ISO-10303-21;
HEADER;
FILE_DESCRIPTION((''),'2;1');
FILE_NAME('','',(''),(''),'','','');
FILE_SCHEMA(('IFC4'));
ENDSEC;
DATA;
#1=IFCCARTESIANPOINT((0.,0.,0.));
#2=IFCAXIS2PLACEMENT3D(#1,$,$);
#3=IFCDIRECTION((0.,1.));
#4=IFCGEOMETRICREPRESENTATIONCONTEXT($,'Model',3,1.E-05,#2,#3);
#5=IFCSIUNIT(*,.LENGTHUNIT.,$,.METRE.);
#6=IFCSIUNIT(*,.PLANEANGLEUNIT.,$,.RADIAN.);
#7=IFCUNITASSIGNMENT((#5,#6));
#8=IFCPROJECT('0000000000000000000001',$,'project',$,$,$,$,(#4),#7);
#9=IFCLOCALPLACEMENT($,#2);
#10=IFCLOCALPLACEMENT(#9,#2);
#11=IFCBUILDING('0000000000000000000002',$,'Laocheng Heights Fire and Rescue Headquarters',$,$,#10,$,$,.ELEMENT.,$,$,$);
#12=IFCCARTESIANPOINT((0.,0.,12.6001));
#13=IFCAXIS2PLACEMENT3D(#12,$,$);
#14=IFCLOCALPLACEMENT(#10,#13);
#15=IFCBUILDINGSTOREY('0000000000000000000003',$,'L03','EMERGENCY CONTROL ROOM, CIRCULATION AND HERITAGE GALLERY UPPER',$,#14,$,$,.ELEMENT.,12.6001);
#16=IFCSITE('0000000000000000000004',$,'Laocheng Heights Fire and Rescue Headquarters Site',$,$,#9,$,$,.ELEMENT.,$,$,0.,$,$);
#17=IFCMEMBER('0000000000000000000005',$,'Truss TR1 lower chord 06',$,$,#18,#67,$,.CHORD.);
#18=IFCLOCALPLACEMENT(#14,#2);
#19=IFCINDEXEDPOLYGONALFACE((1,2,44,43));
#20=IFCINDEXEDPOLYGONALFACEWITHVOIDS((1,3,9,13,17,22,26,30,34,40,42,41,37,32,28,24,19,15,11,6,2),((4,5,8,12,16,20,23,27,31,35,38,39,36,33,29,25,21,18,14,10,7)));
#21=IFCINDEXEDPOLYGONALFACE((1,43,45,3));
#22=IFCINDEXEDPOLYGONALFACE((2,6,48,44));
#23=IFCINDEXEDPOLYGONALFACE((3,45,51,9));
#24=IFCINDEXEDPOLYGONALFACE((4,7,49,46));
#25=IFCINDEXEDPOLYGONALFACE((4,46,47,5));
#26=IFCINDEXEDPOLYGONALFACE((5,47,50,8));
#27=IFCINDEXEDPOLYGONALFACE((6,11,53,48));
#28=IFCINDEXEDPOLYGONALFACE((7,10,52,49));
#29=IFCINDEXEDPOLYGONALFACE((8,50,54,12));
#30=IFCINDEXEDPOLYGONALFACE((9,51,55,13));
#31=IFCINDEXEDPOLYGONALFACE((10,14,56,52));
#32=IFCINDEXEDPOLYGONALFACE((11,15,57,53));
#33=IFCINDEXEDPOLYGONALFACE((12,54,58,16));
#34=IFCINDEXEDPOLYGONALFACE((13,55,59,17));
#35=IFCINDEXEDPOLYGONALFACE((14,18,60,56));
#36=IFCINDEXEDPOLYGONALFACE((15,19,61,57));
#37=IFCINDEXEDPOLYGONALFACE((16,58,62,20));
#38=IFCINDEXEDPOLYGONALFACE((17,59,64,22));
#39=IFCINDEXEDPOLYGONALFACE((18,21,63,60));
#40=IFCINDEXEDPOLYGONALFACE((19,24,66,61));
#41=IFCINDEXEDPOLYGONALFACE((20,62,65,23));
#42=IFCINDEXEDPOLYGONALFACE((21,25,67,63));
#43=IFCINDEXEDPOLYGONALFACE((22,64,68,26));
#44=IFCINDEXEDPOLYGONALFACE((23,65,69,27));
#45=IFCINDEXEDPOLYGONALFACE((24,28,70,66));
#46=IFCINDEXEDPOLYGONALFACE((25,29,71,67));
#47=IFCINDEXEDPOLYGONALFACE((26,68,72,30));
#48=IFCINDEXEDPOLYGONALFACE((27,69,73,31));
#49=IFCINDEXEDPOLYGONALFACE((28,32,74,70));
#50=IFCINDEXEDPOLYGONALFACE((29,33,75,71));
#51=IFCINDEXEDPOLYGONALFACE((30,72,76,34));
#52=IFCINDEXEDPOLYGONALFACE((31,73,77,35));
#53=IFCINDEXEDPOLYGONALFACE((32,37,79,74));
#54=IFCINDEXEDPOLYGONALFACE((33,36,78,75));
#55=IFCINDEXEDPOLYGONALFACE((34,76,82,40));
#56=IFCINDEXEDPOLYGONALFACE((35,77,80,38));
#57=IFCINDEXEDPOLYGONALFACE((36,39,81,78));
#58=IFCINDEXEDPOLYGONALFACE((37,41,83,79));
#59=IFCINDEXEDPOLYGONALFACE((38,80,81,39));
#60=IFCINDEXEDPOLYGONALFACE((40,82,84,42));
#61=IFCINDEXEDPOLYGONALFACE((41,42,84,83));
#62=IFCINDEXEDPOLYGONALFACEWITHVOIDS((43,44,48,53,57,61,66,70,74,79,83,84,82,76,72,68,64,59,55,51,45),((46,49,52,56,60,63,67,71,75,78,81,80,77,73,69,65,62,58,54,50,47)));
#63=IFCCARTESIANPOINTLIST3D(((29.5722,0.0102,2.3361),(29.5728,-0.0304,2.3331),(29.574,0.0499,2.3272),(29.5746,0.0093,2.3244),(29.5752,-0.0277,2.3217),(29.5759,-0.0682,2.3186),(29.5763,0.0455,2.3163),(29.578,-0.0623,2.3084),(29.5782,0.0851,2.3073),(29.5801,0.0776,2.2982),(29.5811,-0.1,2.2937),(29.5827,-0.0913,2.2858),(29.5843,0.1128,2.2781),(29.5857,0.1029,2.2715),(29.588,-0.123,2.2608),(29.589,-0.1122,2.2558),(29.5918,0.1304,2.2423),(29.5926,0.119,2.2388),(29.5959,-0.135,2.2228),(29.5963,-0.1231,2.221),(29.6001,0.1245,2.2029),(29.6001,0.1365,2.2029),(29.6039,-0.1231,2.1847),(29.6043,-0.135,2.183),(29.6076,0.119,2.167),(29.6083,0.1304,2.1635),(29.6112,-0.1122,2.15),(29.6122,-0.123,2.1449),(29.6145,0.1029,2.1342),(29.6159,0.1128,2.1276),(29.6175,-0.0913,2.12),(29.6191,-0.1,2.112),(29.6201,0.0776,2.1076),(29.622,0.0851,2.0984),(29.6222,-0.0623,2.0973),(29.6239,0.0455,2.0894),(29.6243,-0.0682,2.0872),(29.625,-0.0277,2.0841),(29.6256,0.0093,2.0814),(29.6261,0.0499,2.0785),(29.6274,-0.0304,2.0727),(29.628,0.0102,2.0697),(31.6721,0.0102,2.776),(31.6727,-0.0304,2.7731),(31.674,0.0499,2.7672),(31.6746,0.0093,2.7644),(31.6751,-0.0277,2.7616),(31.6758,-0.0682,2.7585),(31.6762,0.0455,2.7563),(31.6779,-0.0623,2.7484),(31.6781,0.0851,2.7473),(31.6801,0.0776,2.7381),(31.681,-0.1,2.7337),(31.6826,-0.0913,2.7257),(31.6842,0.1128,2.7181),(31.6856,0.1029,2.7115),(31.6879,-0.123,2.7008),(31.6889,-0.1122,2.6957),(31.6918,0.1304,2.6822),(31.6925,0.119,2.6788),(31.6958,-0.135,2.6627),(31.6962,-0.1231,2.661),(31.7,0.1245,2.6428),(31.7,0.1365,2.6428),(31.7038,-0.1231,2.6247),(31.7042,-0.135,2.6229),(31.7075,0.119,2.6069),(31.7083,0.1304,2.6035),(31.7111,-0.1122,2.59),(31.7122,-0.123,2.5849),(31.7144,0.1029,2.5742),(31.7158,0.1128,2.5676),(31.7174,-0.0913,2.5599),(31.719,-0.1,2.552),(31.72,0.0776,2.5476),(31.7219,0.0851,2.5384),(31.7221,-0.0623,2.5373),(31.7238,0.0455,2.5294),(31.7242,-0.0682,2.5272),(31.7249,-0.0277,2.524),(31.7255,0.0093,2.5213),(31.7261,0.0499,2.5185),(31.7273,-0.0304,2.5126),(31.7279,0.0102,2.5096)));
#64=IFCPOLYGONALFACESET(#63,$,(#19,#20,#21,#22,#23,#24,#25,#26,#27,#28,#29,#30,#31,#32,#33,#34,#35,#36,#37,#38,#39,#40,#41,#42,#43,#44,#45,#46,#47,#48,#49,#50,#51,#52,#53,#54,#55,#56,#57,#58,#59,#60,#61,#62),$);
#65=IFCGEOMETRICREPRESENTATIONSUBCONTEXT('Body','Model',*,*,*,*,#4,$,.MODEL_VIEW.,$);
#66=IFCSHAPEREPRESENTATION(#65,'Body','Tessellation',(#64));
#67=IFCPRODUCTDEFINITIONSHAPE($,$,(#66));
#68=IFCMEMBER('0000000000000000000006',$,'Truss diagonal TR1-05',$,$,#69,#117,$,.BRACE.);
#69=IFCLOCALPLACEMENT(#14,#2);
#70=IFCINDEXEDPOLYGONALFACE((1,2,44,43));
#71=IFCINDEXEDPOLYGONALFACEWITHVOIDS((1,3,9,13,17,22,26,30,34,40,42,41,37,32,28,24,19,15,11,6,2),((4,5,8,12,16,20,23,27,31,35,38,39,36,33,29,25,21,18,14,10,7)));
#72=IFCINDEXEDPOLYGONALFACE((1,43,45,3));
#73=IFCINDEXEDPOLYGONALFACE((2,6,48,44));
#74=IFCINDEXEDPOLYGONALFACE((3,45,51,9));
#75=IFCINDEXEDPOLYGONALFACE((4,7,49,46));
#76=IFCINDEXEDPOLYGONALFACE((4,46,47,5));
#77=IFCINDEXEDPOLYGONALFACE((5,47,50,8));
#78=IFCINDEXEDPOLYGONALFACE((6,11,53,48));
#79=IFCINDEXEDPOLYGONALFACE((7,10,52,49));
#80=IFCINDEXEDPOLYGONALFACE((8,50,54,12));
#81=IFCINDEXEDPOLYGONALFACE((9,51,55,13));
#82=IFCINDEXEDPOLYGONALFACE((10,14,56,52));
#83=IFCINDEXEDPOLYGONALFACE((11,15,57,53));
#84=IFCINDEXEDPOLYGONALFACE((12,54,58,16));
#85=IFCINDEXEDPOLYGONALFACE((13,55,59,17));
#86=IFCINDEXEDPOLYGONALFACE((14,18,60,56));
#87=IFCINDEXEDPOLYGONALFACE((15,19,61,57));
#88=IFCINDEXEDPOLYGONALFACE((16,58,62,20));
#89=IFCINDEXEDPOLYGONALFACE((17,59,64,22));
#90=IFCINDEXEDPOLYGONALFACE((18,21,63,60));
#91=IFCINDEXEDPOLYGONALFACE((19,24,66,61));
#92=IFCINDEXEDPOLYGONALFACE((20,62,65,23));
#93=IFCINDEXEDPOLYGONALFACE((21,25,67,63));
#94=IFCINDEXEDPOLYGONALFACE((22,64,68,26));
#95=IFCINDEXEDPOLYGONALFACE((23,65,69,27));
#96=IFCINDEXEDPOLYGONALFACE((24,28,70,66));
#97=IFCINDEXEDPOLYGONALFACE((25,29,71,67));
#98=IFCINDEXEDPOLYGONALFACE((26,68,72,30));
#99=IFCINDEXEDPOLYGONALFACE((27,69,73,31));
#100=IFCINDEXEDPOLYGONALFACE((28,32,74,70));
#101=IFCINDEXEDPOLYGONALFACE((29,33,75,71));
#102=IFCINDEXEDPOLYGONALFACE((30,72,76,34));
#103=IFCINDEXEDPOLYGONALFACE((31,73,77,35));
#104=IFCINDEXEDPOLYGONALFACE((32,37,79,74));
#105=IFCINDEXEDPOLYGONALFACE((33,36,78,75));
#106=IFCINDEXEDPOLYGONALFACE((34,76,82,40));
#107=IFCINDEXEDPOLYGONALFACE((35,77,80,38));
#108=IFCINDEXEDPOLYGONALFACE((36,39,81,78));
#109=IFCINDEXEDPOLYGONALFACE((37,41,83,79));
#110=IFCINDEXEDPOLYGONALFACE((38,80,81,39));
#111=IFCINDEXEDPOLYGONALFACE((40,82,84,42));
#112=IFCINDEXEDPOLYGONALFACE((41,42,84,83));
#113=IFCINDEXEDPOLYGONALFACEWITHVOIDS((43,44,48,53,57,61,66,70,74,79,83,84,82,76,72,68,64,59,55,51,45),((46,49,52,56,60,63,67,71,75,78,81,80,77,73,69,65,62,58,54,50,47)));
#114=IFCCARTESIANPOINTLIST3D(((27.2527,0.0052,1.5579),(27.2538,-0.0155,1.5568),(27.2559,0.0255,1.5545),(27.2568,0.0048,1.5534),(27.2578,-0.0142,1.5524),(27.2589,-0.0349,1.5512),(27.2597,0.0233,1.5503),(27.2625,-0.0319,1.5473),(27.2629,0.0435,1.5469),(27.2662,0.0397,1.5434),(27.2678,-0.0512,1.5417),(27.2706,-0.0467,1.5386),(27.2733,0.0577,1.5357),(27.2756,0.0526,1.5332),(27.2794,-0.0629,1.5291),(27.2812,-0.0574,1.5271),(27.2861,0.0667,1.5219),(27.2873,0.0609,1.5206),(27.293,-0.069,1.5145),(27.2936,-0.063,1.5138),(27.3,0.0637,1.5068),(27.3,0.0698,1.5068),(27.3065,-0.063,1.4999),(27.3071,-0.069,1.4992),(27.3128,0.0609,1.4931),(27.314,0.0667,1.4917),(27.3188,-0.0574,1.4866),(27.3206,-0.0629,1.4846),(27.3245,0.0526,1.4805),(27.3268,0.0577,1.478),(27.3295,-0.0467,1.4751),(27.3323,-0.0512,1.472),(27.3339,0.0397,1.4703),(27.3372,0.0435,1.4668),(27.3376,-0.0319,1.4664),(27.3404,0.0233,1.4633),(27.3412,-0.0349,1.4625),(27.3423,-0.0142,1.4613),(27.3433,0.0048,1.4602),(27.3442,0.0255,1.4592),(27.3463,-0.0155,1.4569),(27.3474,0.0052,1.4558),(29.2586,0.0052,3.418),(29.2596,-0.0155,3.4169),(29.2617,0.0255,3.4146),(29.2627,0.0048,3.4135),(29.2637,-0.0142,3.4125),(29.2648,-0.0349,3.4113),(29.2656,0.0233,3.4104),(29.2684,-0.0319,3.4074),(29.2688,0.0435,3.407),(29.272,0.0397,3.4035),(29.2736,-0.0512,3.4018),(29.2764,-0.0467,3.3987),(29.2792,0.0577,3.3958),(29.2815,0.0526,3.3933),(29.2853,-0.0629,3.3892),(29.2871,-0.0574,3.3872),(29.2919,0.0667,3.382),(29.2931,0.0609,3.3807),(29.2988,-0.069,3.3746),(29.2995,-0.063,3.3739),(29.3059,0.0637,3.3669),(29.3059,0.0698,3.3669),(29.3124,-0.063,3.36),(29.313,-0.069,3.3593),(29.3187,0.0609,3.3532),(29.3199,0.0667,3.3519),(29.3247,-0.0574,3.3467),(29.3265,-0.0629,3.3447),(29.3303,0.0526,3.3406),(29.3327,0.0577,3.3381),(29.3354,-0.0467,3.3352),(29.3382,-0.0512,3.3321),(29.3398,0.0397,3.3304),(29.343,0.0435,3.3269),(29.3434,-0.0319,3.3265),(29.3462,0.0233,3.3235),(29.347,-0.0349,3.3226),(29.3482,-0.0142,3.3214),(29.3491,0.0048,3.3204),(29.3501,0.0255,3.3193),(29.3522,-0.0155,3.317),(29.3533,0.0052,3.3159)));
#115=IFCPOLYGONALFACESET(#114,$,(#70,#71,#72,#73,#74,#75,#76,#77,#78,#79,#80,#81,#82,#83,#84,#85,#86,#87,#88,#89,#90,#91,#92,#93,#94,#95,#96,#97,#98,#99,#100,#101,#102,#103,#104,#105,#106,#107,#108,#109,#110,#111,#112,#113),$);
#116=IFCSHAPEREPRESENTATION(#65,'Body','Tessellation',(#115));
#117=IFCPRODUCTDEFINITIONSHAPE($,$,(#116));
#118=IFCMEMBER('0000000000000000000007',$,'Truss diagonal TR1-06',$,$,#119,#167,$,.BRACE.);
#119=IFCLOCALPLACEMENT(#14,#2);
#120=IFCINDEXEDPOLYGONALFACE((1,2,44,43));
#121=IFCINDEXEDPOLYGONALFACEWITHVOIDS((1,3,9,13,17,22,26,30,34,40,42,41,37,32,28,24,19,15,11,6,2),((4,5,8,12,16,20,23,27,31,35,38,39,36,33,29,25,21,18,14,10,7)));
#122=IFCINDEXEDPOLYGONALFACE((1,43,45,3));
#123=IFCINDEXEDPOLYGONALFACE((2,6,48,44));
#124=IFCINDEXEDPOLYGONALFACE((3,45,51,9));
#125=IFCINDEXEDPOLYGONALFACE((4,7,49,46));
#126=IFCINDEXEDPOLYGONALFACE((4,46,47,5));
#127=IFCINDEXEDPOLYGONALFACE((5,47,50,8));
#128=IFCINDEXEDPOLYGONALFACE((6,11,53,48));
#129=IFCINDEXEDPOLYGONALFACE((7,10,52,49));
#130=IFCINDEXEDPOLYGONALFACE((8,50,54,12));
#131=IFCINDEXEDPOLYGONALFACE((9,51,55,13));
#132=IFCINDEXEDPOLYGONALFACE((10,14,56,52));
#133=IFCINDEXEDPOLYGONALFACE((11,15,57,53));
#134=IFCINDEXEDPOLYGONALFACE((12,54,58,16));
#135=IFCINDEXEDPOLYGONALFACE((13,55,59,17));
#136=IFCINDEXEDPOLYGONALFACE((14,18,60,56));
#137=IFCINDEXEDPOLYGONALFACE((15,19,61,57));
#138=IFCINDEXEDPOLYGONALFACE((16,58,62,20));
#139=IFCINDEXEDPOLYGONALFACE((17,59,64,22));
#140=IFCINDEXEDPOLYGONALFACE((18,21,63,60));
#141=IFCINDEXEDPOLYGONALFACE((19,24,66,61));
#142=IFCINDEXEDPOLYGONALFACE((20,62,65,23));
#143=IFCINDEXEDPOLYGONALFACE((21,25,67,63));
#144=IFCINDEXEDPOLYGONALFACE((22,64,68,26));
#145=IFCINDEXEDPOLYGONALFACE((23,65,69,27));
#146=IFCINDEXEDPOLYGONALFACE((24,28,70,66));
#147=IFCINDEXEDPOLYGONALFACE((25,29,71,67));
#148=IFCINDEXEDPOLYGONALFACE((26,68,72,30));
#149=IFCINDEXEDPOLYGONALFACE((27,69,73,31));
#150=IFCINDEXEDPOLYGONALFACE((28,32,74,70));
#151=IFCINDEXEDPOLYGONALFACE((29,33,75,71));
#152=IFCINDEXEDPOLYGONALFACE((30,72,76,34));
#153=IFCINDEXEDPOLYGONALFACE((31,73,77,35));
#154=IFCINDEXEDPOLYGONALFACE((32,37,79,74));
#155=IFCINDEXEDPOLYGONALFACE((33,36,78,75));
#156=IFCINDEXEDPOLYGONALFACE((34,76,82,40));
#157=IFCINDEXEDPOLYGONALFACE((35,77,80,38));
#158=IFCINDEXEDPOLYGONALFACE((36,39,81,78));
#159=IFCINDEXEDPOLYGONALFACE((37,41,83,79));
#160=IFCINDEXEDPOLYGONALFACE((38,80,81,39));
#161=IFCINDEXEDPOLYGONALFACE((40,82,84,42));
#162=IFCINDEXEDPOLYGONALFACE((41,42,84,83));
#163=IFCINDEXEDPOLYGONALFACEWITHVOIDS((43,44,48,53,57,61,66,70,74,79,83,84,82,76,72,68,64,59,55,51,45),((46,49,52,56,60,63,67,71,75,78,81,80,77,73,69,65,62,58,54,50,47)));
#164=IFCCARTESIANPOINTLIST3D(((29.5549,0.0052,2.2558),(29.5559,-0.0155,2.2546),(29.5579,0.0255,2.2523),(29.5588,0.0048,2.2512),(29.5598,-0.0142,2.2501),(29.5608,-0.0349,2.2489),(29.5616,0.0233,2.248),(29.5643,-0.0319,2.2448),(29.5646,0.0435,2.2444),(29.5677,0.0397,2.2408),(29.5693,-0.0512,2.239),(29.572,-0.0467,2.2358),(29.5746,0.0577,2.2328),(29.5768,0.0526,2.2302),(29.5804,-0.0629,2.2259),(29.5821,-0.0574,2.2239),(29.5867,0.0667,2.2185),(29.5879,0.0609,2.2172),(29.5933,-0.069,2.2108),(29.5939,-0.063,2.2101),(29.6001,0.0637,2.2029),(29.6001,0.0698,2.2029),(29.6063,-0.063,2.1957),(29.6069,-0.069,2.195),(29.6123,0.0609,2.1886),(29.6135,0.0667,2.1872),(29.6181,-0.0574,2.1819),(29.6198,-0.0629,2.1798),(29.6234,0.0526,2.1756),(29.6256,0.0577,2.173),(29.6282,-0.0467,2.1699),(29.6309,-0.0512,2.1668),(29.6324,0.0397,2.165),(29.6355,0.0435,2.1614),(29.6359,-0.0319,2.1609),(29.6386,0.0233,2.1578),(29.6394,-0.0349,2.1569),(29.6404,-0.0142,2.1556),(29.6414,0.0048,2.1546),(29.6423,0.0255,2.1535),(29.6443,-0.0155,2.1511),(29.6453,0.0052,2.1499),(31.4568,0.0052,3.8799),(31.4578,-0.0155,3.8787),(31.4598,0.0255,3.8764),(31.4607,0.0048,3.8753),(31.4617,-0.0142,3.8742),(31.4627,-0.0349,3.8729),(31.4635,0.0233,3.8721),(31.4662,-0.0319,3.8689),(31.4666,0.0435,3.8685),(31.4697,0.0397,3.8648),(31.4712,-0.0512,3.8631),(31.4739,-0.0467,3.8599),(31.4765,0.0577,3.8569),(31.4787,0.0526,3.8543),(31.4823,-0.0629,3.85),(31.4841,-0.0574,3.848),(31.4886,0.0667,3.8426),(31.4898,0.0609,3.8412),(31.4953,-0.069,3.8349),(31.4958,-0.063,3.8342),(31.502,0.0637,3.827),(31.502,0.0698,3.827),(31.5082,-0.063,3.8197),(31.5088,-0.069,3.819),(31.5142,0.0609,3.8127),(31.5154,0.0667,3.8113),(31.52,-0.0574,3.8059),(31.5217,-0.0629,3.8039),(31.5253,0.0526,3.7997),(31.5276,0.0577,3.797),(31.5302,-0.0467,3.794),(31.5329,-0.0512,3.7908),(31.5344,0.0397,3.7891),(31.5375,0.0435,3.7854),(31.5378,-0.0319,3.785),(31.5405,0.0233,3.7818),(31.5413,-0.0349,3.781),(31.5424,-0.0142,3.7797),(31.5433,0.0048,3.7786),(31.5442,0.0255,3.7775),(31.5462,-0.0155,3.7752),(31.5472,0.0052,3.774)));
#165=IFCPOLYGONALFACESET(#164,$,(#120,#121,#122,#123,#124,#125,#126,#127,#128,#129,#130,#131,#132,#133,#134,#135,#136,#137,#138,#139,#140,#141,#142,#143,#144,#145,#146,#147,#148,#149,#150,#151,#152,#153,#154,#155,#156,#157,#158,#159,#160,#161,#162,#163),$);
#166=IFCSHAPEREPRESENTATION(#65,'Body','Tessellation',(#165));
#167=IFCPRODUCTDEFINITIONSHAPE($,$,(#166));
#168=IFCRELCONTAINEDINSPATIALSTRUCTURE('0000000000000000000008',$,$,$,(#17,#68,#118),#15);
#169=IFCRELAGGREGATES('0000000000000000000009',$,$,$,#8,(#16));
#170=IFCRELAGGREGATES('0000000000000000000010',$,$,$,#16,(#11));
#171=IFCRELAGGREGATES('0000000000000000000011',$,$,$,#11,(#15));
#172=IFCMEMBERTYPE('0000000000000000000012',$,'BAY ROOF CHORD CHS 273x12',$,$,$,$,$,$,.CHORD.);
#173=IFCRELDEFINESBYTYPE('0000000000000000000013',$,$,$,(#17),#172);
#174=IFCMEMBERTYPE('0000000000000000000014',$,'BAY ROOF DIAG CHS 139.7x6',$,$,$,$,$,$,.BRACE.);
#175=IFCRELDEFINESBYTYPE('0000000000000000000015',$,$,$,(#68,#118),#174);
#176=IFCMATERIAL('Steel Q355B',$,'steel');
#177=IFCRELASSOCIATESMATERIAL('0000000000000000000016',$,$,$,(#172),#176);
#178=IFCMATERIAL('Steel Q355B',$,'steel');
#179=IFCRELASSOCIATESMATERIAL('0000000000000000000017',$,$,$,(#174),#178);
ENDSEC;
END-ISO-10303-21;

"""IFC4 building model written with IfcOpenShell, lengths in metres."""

from ifc_helpers import new_model, si_unit, direction, frame, origin, origin_2d, place, context, subcontext, project, spatial, hollow_circle, extrude, material, material_profile, profile_set, type_object, element, save


model = new_model("IFC4")

# Units and contexts
model_context = context("Model", 3, precision=1e-05, world=origin(), true_north=direction((0.0, 1.0)))
body_context = subcontext(model_context, "Body", "Model", "MODEL_VIEW")
ifc_project = project(units=[si_unit("LENGTHUNIT", "METRE"), si_unit("PLANEANGLEUNIT", "RADIAN")], contexts=[model_context])

# Site, building, storey
site_placement = place(None, origin())
site = spatial("IfcSite", under=ifc_project, at=site_placement, Name="Laocheng Heights Fire and Rescue Headquarters Site", CompositionType="ELEMENT", RefElevation=0.0)
building_placement = place(site_placement, origin())
building = spatial("IfcBuilding", under=site, at=building_placement, Name="Laocheng Heights Fire and Rescue Headquarters", CompositionType="ELEMENT")
storey_placement = place(building_placement, frame((0.0, 0.0, 12.6001)))
storey = spatial("IfcBuildingStorey", under=building, at=storey_placement, Name="L03", Description="EMERGENCY CONTROL ROOM, CIRCULATION AND HERITAGE GALLERY UPPER", CompositionType="ELEMENT", Elevation=12.6001)

# Members
ifc_material_1 = material(Name="Steel Q355B", Category="steel")
ifc_material_profile_1 = material_profile(ifc_material_1, hollow_circle(Radius=0.1365, WallThickness=0.012, at=origin_2d()), Name="CHS 273x12")
ifc_profile_set_1 = profile_set([ifc_material_profile_1], Name="Steel Q355B")
member_type_1 = type_object("IfcMemberType", Name="BAY ROOF CHORD CHS 273x12", PredefinedType="CHORD", material=ifc_profile_set_1)
member_1_placement = place(storey_placement, frame((29.6001, 0.0, 2.2029), z_axis=(0.97875, 0.0, 0.205058), x_axis=(0.0, 1.0, 0.0)))
element("IfcMember", 1, at=member_1_placement, inside=storey, type_object=member_type_1, Name="Truss TR1 lower chord 06", PredefinedType="CHORD", context=body_context, shape_type="SweptSolid", body=[
    extrude(hollow_circle(Radius=0.1365, WallThickness=0.012, at=origin_2d()), origin(), (0.0, 0.0, 1.0), 2.1455),
])
ifc_material_2 = material(Name="Steel Q355B", Category="steel")
ifc_material_profile_2 = material_profile(ifc_material_2, hollow_circle(Radius=0.0698, WallThickness=0.0061, at=origin_2d()), Name="CHS 139.7x6")
ifc_profile_set_2 = profile_set([ifc_material_profile_2], Name="Steel Q355B")
member_type_2 = type_object("IfcMemberType", Name="BAY ROOF DIAG CHS 139.7x6", PredefinedType="BRACE", material=ifc_profile_set_2)
member_2_placement = place(storey_placement, frame((27.3, 0.0, 1.5068), z_axis=(0.733245, 0.0, 0.679965), x_axis=(0.0, 1.0, 0.0)))
element("IfcMember", 2, at=member_2_placement, inside=storey, type_object=member_type_2, Name="Truss diagonal TR1-05", PredefinedType="BRACE", context=body_context, shape_type="SweptSolid", body=[
    extrude(hollow_circle(Radius=0.0698, WallThickness=0.0061, at=origin_2d()), origin(), (0.0, 0.0, 1.0), 2.7356),
])
member_3_placement = place(storey_placement, frame((29.6001, 0.0, 2.2029), z_axis=(0.760468, 0.0, 0.649375), x_axis=(0.0, 1.0, 0.0)))
element("IfcMember", 3, at=member_3_placement, inside=storey, type_object=member_type_2, Name="Truss diagonal TR1-06", PredefinedType="BRACE", context=body_context, shape_type="SweptSolid", body=[
    extrude(hollow_circle(Radius=0.0698, WallThickness=0.0061, at=origin_2d()), origin(), (0.0, 0.0, 1.0), 2.501),
])

save(model, "model.ifc")
